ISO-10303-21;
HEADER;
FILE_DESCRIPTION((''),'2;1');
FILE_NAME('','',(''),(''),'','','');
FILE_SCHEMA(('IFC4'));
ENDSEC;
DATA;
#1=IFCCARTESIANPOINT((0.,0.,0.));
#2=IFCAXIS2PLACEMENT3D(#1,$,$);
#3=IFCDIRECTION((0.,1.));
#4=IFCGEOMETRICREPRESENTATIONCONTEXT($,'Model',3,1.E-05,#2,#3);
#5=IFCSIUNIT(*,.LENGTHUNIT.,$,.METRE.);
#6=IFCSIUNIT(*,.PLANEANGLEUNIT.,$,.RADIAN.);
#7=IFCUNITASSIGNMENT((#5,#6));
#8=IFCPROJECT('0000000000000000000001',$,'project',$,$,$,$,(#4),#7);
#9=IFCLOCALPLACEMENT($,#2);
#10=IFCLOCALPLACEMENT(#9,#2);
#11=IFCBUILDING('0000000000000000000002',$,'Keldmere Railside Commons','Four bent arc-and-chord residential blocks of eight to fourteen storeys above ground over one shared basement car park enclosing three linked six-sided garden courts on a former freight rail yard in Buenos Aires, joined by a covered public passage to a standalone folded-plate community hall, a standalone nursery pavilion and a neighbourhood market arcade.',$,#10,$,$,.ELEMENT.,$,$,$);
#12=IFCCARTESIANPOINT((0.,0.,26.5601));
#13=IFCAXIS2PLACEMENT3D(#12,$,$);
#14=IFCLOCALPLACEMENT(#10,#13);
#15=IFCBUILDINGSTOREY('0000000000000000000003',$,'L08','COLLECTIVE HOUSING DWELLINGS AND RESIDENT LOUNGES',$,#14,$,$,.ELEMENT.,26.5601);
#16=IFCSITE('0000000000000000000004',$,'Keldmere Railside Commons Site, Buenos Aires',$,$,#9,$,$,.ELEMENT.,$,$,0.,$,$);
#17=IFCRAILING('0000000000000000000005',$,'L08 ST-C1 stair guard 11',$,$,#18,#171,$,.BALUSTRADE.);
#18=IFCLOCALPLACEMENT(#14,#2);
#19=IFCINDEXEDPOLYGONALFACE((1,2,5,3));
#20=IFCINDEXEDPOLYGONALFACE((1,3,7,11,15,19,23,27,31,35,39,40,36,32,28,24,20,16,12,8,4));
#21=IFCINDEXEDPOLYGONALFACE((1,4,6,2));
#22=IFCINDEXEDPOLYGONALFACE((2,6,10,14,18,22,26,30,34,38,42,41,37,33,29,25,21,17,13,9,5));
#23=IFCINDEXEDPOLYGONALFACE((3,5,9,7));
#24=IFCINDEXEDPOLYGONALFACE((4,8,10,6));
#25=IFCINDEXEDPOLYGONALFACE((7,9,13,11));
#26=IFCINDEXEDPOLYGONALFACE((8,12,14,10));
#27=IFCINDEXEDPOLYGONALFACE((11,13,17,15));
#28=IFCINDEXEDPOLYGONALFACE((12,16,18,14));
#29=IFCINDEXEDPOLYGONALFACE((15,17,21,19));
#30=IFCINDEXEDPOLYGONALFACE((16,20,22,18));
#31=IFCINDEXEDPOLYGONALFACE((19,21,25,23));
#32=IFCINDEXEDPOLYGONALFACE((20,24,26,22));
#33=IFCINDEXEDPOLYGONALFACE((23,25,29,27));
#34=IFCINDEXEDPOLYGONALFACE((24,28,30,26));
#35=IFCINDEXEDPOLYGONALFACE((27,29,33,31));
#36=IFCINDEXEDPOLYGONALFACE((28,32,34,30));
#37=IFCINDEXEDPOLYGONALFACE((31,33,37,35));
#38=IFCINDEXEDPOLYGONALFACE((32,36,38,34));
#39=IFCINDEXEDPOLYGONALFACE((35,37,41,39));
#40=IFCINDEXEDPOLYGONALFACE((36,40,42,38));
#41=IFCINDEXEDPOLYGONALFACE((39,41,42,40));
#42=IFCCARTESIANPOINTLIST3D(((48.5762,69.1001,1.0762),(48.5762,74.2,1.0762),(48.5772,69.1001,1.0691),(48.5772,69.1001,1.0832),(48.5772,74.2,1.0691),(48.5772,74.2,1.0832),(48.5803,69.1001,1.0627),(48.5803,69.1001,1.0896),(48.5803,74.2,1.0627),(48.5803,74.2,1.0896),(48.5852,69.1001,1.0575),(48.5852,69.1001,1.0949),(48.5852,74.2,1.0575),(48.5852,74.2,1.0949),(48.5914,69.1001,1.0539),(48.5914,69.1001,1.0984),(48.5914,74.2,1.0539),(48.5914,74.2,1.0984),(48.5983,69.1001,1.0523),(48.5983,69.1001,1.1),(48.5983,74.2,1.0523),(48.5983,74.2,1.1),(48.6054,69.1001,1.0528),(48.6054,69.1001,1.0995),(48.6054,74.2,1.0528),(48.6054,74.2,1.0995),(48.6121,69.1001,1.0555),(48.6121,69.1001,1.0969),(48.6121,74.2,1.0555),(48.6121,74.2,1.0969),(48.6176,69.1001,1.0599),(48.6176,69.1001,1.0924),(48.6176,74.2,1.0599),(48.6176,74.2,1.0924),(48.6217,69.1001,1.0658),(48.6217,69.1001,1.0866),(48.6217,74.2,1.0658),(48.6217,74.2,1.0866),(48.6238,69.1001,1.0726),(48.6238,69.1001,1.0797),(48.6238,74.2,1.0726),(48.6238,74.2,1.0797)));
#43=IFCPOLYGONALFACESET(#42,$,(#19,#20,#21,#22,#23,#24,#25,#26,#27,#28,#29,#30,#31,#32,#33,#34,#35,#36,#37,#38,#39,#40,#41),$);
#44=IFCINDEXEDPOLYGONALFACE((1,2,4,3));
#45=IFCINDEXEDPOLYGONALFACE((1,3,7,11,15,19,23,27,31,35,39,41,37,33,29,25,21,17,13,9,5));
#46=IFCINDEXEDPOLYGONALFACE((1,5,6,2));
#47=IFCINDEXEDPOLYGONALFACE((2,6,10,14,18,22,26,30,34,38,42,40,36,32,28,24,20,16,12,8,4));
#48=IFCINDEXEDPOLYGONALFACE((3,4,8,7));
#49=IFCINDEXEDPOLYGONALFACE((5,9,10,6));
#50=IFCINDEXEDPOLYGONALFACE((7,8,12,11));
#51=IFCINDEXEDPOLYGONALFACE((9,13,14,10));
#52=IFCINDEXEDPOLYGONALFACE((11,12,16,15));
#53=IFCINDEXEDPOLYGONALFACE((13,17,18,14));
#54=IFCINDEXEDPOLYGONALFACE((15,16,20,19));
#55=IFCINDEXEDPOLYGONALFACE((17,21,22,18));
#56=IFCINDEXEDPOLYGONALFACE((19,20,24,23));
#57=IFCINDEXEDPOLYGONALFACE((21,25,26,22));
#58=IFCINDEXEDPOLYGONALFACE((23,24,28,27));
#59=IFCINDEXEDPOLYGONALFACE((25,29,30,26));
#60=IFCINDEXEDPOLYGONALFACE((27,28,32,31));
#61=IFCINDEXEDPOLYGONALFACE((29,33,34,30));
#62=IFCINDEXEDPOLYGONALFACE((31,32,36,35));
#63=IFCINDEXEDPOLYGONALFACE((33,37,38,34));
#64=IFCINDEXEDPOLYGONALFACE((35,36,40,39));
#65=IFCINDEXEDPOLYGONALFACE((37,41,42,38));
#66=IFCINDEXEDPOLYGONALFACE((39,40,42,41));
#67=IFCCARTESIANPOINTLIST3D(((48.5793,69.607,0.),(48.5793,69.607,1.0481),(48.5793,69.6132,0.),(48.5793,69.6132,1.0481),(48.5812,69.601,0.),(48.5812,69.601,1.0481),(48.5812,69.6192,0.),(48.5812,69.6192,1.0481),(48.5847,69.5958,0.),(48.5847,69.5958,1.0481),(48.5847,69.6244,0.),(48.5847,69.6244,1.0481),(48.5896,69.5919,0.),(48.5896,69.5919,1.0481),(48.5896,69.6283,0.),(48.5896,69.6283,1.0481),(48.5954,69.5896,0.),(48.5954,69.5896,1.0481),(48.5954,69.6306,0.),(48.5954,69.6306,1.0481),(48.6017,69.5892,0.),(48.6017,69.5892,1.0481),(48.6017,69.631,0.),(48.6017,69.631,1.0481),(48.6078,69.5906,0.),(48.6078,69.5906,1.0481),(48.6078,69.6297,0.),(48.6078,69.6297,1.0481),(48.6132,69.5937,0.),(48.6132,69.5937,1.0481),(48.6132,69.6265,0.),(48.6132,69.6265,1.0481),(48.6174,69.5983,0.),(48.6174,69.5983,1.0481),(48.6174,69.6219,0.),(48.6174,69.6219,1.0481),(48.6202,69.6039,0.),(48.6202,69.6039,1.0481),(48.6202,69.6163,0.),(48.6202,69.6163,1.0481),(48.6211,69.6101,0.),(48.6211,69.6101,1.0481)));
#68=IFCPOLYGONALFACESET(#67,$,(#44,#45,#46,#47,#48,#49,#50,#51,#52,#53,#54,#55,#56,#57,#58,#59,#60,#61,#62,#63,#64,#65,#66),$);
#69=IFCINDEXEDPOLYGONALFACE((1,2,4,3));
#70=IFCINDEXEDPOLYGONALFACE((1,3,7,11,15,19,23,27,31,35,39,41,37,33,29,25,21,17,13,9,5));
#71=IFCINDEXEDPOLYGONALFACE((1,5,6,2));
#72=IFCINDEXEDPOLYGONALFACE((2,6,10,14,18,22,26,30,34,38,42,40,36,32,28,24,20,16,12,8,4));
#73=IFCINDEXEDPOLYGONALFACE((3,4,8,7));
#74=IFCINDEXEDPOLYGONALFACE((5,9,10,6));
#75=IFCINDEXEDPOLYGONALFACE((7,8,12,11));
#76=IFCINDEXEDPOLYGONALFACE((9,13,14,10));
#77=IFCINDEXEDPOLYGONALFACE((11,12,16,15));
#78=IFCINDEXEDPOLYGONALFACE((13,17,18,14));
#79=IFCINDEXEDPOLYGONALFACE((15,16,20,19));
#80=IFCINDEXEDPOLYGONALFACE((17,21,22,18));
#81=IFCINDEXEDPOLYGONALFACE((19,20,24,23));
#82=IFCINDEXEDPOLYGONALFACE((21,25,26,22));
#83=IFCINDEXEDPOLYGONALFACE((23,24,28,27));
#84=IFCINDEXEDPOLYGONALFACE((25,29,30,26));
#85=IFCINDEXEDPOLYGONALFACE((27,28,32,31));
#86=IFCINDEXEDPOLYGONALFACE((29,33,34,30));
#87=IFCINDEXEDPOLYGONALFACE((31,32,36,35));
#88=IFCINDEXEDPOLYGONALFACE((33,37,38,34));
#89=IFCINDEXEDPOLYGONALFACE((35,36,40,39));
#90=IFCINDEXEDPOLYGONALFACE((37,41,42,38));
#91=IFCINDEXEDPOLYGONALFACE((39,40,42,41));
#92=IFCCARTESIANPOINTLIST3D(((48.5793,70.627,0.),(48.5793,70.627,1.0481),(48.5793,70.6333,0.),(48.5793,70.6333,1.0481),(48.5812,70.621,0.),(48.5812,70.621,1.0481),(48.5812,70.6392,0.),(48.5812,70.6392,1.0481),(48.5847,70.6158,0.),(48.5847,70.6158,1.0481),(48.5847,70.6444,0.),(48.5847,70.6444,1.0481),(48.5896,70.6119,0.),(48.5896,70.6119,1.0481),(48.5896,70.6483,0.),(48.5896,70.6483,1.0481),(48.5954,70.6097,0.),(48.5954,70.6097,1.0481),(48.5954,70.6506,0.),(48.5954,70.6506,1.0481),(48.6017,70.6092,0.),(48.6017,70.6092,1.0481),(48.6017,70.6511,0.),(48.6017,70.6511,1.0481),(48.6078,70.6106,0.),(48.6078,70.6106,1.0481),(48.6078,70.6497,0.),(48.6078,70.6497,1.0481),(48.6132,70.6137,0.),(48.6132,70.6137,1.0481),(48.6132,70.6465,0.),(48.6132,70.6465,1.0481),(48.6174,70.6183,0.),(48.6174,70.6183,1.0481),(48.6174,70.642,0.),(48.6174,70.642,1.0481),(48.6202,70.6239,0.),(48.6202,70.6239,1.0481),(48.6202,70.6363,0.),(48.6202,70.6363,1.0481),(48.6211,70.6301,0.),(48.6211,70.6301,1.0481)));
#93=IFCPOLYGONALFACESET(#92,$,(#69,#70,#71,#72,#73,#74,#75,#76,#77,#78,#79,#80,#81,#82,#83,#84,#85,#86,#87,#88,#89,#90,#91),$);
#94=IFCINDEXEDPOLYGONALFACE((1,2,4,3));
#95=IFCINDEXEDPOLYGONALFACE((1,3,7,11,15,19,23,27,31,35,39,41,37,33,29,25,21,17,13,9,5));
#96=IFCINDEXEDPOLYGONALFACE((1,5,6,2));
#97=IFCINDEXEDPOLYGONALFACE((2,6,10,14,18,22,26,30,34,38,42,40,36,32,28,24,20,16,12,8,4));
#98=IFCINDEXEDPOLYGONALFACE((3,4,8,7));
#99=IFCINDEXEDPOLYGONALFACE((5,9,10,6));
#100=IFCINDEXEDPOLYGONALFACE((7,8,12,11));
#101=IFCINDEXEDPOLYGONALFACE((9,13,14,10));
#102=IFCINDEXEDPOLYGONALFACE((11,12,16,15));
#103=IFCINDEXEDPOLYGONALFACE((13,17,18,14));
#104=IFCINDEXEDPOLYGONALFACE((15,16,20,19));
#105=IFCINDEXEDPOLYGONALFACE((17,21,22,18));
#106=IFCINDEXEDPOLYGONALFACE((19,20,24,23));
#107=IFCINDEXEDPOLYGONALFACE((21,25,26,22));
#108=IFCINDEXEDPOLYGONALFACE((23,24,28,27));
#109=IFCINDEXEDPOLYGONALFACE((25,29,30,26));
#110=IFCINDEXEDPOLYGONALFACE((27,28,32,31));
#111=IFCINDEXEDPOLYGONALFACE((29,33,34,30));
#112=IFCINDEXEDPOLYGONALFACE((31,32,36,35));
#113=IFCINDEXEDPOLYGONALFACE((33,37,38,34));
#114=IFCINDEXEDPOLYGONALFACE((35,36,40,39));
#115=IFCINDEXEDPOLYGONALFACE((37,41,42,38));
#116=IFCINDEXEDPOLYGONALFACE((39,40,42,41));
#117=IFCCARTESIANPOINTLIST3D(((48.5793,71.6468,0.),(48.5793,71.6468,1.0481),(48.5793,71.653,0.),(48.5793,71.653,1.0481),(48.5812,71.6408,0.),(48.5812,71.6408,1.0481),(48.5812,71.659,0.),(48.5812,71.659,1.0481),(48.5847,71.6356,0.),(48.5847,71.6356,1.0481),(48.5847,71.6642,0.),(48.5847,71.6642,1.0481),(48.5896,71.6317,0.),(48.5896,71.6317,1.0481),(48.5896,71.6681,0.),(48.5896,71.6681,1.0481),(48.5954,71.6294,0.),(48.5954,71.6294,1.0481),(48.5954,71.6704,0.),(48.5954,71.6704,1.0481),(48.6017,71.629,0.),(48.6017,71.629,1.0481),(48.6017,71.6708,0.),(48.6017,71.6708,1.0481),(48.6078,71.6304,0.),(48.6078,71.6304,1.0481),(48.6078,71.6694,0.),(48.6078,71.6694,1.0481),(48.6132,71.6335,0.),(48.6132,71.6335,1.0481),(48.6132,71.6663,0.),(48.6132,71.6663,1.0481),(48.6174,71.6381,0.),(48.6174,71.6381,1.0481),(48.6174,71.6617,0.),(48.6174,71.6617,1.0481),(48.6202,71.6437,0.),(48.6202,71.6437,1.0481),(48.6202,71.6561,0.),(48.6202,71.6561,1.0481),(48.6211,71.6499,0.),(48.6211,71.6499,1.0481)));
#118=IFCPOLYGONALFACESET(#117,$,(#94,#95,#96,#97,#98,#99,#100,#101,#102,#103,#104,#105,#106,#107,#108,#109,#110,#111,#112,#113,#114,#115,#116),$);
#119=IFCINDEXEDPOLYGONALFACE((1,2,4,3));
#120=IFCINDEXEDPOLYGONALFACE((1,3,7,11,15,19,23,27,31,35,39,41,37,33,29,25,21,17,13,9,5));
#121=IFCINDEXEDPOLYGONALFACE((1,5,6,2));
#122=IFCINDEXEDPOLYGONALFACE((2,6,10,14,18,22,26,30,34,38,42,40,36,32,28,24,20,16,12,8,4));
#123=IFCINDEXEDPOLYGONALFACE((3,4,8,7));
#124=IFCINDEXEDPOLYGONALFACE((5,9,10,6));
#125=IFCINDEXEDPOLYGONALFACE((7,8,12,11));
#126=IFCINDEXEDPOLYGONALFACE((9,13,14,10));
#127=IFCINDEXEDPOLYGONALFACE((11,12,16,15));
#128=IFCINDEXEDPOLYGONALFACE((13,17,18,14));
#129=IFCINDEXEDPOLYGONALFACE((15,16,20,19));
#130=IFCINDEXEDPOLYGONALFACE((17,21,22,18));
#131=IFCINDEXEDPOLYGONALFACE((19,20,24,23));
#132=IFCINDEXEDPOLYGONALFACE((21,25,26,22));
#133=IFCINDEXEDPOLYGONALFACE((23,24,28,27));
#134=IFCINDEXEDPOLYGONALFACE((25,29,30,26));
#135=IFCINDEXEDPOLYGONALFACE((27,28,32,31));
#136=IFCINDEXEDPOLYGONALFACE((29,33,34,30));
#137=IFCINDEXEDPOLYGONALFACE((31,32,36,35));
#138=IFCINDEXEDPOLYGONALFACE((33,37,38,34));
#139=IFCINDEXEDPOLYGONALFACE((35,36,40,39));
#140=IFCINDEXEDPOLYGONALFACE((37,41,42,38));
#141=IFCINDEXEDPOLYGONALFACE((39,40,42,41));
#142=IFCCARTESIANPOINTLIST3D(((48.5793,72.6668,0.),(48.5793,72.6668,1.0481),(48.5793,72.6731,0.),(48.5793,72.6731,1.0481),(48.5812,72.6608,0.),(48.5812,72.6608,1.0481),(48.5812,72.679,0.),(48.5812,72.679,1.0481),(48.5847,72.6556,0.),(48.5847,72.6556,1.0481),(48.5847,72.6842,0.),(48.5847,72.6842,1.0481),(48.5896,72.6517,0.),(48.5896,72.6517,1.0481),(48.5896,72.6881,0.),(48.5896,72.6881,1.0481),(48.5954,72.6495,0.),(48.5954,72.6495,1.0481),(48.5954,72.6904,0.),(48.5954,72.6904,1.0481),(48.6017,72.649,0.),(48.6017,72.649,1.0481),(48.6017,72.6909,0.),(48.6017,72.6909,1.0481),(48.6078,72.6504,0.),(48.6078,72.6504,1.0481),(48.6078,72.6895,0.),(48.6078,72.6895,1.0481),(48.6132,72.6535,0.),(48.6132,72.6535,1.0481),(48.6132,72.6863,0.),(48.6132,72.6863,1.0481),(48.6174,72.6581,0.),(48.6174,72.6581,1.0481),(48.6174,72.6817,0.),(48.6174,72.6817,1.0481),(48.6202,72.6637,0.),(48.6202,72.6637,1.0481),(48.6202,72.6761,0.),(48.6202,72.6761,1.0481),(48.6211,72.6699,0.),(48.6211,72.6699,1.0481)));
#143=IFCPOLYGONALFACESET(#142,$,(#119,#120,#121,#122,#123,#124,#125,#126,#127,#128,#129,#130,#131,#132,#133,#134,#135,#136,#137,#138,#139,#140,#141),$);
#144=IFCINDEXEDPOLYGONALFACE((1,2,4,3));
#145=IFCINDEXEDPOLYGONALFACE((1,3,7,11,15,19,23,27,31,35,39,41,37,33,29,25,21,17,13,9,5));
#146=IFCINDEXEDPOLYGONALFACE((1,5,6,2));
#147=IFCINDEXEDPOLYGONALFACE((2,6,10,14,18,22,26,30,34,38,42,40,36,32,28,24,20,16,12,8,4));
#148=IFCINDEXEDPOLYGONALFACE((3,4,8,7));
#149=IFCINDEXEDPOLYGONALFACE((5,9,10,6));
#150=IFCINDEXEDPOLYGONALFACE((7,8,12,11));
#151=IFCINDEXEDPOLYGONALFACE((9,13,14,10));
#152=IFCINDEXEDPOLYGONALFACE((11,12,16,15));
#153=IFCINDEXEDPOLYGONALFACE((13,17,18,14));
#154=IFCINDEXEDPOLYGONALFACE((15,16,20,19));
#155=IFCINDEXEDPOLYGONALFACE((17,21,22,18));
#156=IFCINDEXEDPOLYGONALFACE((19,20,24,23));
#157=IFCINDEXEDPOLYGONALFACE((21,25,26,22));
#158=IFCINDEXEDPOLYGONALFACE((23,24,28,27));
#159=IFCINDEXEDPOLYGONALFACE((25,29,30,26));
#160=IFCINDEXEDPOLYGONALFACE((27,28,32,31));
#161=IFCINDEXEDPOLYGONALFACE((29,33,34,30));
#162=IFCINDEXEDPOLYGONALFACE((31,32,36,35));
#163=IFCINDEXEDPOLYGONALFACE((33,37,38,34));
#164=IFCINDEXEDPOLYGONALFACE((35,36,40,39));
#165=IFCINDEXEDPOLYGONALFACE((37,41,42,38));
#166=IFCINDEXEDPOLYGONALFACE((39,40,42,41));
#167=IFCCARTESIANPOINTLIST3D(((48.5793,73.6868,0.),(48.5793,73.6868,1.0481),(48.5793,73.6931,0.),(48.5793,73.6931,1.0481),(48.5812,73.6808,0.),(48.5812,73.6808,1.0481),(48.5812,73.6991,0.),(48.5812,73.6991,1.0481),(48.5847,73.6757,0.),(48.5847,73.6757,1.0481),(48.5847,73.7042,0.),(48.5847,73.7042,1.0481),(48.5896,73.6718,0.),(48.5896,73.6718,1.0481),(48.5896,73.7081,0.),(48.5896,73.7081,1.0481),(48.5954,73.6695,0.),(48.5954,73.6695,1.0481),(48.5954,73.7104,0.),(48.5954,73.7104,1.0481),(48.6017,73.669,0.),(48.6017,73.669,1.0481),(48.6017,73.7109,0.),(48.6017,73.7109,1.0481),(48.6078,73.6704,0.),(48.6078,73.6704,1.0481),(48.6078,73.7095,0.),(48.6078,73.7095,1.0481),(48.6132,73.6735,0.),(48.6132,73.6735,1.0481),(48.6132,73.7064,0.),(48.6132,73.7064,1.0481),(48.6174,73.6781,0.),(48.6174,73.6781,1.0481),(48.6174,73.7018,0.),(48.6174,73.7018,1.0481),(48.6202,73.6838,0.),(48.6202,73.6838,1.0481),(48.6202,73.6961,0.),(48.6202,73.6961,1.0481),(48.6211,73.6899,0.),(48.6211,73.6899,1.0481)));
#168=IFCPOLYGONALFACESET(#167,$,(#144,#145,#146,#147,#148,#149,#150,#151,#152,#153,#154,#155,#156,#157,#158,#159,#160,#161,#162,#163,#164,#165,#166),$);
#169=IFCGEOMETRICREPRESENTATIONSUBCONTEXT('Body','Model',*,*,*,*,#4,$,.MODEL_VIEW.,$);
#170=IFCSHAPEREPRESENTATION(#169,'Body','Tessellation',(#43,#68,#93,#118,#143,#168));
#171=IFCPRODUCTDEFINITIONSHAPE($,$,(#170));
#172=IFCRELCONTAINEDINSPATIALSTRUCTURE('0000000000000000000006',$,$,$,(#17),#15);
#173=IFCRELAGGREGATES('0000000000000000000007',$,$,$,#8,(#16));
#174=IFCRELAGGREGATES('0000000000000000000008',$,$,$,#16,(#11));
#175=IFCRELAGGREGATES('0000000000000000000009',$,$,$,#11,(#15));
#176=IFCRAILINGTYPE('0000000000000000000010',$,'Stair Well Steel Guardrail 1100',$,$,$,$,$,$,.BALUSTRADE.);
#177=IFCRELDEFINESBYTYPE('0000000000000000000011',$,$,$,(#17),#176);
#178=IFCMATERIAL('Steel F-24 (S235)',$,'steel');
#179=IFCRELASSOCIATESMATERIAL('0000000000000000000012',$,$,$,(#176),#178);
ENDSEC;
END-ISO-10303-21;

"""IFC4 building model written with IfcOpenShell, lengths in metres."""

from ifc_helpers import new_model, si_unit, direction, frame, origin, origin_2d, place, context, subcontext, project, spatial, circle, extrude, material, type_object, element, save


model = new_model("IFC4")

# Units and contexts
model_context = context("Model", 3, precision=1e-05, world=origin(), true_north=direction((0.0, 1.0)))
body_context = subcontext(model_context, "Body", "Model", "MODEL_VIEW")
ifc_project = project(units=[si_unit("LENGTHUNIT", "METRE"), si_unit("PLANEANGLEUNIT", "RADIAN")], contexts=[model_context])

# Site, building, storey
site_placement = place(None, origin())
site = spatial("IfcSite", under=ifc_project, at=site_placement, Name="Keldmere Railside Commons Site, Buenos Aires", CompositionType="ELEMENT", RefElevation=0.0)
building_placement = place(site_placement, origin())
building = spatial("IfcBuilding", under=site, at=building_placement, Name="Keldmere Railside Commons", Description="Four bent arc-and-chord residential blocks of eight to fourteen storeys above ground over one shared basement car park enclosing three linked six-sided garden courts on a former freight rail yard in Buenos Aires, joined by a covered public passage to a standalone folded-plate community hall, a standalone nursery pavilion and a neighbourhood market arcade.", CompositionType="ELEMENT")
storey_placement = place(building_placement, frame((0.0, 0.0, 26.5601)))
storey = spatial("IfcBuildingStorey", under=building, at=storey_placement, Name="L08", Description="COLLECTIVE HOUSING DWELLINGS AND RESIDENT LOUNGES", CompositionType="ELEMENT", Elevation=26.5601)

# Railing
ifc_material_1 = material(Name="Steel F-24 (S235)", Category="steel")
railing_type_1 = type_object("IfcRailingType", Name="Stair Well Steel Guardrail 1100", PredefinedType="BALUSTRADE", material=ifc_material_1)
for number, where, name in (
    (1, (48.6001, 69.1001, 0.0), "L08 ST-C1 stair guard 11"),
):
    element("IfcRailing", number, at=place(storey_placement, frame(where)), inside=storey, type_object=railing_type_1, Name=name, PredefinedType="BALUSTRADE", context=body_context, shape_type="SweptSolid", body=[
        extrude(circle(Radius=0.0239, at=origin_2d()), frame((0.0, 0.0, 1.0762), z_axis=(0.0, 1.0, 0.0), x_axis=(-1.0, 0.0, 0.0)), (0.0, 0.0, 1.0), 5.0999),
        extrude(circle(Radius=0.021, at=origin_2d()), frame((0.0, 0.51, 0.0)), (0.0, 0.0, 1.0), 1.0481),
        extrude(circle(Radius=0.021, at=origin_2d()), frame((0.0, 1.53, 0.0)), (0.0, 0.0, 1.0), 1.0481),
        extrude(circle(Radius=0.021, at=origin_2d()), frame((0.0, 2.5498, 0.0)), (0.0, 0.0, 1.0), 1.0481),
        extrude(circle(Radius=0.021, at=origin_2d()), frame((0.0, 3.5698, 0.0)), (0.0, 0.0, 1.0), 1.0481),
        extrude(circle(Radius=0.021, at=origin_2d()), frame((0.0, 4.5898, 0.0)), (0.0, 0.0, 1.0), 1.0481),
    ])

save(model, "model.ifc")
